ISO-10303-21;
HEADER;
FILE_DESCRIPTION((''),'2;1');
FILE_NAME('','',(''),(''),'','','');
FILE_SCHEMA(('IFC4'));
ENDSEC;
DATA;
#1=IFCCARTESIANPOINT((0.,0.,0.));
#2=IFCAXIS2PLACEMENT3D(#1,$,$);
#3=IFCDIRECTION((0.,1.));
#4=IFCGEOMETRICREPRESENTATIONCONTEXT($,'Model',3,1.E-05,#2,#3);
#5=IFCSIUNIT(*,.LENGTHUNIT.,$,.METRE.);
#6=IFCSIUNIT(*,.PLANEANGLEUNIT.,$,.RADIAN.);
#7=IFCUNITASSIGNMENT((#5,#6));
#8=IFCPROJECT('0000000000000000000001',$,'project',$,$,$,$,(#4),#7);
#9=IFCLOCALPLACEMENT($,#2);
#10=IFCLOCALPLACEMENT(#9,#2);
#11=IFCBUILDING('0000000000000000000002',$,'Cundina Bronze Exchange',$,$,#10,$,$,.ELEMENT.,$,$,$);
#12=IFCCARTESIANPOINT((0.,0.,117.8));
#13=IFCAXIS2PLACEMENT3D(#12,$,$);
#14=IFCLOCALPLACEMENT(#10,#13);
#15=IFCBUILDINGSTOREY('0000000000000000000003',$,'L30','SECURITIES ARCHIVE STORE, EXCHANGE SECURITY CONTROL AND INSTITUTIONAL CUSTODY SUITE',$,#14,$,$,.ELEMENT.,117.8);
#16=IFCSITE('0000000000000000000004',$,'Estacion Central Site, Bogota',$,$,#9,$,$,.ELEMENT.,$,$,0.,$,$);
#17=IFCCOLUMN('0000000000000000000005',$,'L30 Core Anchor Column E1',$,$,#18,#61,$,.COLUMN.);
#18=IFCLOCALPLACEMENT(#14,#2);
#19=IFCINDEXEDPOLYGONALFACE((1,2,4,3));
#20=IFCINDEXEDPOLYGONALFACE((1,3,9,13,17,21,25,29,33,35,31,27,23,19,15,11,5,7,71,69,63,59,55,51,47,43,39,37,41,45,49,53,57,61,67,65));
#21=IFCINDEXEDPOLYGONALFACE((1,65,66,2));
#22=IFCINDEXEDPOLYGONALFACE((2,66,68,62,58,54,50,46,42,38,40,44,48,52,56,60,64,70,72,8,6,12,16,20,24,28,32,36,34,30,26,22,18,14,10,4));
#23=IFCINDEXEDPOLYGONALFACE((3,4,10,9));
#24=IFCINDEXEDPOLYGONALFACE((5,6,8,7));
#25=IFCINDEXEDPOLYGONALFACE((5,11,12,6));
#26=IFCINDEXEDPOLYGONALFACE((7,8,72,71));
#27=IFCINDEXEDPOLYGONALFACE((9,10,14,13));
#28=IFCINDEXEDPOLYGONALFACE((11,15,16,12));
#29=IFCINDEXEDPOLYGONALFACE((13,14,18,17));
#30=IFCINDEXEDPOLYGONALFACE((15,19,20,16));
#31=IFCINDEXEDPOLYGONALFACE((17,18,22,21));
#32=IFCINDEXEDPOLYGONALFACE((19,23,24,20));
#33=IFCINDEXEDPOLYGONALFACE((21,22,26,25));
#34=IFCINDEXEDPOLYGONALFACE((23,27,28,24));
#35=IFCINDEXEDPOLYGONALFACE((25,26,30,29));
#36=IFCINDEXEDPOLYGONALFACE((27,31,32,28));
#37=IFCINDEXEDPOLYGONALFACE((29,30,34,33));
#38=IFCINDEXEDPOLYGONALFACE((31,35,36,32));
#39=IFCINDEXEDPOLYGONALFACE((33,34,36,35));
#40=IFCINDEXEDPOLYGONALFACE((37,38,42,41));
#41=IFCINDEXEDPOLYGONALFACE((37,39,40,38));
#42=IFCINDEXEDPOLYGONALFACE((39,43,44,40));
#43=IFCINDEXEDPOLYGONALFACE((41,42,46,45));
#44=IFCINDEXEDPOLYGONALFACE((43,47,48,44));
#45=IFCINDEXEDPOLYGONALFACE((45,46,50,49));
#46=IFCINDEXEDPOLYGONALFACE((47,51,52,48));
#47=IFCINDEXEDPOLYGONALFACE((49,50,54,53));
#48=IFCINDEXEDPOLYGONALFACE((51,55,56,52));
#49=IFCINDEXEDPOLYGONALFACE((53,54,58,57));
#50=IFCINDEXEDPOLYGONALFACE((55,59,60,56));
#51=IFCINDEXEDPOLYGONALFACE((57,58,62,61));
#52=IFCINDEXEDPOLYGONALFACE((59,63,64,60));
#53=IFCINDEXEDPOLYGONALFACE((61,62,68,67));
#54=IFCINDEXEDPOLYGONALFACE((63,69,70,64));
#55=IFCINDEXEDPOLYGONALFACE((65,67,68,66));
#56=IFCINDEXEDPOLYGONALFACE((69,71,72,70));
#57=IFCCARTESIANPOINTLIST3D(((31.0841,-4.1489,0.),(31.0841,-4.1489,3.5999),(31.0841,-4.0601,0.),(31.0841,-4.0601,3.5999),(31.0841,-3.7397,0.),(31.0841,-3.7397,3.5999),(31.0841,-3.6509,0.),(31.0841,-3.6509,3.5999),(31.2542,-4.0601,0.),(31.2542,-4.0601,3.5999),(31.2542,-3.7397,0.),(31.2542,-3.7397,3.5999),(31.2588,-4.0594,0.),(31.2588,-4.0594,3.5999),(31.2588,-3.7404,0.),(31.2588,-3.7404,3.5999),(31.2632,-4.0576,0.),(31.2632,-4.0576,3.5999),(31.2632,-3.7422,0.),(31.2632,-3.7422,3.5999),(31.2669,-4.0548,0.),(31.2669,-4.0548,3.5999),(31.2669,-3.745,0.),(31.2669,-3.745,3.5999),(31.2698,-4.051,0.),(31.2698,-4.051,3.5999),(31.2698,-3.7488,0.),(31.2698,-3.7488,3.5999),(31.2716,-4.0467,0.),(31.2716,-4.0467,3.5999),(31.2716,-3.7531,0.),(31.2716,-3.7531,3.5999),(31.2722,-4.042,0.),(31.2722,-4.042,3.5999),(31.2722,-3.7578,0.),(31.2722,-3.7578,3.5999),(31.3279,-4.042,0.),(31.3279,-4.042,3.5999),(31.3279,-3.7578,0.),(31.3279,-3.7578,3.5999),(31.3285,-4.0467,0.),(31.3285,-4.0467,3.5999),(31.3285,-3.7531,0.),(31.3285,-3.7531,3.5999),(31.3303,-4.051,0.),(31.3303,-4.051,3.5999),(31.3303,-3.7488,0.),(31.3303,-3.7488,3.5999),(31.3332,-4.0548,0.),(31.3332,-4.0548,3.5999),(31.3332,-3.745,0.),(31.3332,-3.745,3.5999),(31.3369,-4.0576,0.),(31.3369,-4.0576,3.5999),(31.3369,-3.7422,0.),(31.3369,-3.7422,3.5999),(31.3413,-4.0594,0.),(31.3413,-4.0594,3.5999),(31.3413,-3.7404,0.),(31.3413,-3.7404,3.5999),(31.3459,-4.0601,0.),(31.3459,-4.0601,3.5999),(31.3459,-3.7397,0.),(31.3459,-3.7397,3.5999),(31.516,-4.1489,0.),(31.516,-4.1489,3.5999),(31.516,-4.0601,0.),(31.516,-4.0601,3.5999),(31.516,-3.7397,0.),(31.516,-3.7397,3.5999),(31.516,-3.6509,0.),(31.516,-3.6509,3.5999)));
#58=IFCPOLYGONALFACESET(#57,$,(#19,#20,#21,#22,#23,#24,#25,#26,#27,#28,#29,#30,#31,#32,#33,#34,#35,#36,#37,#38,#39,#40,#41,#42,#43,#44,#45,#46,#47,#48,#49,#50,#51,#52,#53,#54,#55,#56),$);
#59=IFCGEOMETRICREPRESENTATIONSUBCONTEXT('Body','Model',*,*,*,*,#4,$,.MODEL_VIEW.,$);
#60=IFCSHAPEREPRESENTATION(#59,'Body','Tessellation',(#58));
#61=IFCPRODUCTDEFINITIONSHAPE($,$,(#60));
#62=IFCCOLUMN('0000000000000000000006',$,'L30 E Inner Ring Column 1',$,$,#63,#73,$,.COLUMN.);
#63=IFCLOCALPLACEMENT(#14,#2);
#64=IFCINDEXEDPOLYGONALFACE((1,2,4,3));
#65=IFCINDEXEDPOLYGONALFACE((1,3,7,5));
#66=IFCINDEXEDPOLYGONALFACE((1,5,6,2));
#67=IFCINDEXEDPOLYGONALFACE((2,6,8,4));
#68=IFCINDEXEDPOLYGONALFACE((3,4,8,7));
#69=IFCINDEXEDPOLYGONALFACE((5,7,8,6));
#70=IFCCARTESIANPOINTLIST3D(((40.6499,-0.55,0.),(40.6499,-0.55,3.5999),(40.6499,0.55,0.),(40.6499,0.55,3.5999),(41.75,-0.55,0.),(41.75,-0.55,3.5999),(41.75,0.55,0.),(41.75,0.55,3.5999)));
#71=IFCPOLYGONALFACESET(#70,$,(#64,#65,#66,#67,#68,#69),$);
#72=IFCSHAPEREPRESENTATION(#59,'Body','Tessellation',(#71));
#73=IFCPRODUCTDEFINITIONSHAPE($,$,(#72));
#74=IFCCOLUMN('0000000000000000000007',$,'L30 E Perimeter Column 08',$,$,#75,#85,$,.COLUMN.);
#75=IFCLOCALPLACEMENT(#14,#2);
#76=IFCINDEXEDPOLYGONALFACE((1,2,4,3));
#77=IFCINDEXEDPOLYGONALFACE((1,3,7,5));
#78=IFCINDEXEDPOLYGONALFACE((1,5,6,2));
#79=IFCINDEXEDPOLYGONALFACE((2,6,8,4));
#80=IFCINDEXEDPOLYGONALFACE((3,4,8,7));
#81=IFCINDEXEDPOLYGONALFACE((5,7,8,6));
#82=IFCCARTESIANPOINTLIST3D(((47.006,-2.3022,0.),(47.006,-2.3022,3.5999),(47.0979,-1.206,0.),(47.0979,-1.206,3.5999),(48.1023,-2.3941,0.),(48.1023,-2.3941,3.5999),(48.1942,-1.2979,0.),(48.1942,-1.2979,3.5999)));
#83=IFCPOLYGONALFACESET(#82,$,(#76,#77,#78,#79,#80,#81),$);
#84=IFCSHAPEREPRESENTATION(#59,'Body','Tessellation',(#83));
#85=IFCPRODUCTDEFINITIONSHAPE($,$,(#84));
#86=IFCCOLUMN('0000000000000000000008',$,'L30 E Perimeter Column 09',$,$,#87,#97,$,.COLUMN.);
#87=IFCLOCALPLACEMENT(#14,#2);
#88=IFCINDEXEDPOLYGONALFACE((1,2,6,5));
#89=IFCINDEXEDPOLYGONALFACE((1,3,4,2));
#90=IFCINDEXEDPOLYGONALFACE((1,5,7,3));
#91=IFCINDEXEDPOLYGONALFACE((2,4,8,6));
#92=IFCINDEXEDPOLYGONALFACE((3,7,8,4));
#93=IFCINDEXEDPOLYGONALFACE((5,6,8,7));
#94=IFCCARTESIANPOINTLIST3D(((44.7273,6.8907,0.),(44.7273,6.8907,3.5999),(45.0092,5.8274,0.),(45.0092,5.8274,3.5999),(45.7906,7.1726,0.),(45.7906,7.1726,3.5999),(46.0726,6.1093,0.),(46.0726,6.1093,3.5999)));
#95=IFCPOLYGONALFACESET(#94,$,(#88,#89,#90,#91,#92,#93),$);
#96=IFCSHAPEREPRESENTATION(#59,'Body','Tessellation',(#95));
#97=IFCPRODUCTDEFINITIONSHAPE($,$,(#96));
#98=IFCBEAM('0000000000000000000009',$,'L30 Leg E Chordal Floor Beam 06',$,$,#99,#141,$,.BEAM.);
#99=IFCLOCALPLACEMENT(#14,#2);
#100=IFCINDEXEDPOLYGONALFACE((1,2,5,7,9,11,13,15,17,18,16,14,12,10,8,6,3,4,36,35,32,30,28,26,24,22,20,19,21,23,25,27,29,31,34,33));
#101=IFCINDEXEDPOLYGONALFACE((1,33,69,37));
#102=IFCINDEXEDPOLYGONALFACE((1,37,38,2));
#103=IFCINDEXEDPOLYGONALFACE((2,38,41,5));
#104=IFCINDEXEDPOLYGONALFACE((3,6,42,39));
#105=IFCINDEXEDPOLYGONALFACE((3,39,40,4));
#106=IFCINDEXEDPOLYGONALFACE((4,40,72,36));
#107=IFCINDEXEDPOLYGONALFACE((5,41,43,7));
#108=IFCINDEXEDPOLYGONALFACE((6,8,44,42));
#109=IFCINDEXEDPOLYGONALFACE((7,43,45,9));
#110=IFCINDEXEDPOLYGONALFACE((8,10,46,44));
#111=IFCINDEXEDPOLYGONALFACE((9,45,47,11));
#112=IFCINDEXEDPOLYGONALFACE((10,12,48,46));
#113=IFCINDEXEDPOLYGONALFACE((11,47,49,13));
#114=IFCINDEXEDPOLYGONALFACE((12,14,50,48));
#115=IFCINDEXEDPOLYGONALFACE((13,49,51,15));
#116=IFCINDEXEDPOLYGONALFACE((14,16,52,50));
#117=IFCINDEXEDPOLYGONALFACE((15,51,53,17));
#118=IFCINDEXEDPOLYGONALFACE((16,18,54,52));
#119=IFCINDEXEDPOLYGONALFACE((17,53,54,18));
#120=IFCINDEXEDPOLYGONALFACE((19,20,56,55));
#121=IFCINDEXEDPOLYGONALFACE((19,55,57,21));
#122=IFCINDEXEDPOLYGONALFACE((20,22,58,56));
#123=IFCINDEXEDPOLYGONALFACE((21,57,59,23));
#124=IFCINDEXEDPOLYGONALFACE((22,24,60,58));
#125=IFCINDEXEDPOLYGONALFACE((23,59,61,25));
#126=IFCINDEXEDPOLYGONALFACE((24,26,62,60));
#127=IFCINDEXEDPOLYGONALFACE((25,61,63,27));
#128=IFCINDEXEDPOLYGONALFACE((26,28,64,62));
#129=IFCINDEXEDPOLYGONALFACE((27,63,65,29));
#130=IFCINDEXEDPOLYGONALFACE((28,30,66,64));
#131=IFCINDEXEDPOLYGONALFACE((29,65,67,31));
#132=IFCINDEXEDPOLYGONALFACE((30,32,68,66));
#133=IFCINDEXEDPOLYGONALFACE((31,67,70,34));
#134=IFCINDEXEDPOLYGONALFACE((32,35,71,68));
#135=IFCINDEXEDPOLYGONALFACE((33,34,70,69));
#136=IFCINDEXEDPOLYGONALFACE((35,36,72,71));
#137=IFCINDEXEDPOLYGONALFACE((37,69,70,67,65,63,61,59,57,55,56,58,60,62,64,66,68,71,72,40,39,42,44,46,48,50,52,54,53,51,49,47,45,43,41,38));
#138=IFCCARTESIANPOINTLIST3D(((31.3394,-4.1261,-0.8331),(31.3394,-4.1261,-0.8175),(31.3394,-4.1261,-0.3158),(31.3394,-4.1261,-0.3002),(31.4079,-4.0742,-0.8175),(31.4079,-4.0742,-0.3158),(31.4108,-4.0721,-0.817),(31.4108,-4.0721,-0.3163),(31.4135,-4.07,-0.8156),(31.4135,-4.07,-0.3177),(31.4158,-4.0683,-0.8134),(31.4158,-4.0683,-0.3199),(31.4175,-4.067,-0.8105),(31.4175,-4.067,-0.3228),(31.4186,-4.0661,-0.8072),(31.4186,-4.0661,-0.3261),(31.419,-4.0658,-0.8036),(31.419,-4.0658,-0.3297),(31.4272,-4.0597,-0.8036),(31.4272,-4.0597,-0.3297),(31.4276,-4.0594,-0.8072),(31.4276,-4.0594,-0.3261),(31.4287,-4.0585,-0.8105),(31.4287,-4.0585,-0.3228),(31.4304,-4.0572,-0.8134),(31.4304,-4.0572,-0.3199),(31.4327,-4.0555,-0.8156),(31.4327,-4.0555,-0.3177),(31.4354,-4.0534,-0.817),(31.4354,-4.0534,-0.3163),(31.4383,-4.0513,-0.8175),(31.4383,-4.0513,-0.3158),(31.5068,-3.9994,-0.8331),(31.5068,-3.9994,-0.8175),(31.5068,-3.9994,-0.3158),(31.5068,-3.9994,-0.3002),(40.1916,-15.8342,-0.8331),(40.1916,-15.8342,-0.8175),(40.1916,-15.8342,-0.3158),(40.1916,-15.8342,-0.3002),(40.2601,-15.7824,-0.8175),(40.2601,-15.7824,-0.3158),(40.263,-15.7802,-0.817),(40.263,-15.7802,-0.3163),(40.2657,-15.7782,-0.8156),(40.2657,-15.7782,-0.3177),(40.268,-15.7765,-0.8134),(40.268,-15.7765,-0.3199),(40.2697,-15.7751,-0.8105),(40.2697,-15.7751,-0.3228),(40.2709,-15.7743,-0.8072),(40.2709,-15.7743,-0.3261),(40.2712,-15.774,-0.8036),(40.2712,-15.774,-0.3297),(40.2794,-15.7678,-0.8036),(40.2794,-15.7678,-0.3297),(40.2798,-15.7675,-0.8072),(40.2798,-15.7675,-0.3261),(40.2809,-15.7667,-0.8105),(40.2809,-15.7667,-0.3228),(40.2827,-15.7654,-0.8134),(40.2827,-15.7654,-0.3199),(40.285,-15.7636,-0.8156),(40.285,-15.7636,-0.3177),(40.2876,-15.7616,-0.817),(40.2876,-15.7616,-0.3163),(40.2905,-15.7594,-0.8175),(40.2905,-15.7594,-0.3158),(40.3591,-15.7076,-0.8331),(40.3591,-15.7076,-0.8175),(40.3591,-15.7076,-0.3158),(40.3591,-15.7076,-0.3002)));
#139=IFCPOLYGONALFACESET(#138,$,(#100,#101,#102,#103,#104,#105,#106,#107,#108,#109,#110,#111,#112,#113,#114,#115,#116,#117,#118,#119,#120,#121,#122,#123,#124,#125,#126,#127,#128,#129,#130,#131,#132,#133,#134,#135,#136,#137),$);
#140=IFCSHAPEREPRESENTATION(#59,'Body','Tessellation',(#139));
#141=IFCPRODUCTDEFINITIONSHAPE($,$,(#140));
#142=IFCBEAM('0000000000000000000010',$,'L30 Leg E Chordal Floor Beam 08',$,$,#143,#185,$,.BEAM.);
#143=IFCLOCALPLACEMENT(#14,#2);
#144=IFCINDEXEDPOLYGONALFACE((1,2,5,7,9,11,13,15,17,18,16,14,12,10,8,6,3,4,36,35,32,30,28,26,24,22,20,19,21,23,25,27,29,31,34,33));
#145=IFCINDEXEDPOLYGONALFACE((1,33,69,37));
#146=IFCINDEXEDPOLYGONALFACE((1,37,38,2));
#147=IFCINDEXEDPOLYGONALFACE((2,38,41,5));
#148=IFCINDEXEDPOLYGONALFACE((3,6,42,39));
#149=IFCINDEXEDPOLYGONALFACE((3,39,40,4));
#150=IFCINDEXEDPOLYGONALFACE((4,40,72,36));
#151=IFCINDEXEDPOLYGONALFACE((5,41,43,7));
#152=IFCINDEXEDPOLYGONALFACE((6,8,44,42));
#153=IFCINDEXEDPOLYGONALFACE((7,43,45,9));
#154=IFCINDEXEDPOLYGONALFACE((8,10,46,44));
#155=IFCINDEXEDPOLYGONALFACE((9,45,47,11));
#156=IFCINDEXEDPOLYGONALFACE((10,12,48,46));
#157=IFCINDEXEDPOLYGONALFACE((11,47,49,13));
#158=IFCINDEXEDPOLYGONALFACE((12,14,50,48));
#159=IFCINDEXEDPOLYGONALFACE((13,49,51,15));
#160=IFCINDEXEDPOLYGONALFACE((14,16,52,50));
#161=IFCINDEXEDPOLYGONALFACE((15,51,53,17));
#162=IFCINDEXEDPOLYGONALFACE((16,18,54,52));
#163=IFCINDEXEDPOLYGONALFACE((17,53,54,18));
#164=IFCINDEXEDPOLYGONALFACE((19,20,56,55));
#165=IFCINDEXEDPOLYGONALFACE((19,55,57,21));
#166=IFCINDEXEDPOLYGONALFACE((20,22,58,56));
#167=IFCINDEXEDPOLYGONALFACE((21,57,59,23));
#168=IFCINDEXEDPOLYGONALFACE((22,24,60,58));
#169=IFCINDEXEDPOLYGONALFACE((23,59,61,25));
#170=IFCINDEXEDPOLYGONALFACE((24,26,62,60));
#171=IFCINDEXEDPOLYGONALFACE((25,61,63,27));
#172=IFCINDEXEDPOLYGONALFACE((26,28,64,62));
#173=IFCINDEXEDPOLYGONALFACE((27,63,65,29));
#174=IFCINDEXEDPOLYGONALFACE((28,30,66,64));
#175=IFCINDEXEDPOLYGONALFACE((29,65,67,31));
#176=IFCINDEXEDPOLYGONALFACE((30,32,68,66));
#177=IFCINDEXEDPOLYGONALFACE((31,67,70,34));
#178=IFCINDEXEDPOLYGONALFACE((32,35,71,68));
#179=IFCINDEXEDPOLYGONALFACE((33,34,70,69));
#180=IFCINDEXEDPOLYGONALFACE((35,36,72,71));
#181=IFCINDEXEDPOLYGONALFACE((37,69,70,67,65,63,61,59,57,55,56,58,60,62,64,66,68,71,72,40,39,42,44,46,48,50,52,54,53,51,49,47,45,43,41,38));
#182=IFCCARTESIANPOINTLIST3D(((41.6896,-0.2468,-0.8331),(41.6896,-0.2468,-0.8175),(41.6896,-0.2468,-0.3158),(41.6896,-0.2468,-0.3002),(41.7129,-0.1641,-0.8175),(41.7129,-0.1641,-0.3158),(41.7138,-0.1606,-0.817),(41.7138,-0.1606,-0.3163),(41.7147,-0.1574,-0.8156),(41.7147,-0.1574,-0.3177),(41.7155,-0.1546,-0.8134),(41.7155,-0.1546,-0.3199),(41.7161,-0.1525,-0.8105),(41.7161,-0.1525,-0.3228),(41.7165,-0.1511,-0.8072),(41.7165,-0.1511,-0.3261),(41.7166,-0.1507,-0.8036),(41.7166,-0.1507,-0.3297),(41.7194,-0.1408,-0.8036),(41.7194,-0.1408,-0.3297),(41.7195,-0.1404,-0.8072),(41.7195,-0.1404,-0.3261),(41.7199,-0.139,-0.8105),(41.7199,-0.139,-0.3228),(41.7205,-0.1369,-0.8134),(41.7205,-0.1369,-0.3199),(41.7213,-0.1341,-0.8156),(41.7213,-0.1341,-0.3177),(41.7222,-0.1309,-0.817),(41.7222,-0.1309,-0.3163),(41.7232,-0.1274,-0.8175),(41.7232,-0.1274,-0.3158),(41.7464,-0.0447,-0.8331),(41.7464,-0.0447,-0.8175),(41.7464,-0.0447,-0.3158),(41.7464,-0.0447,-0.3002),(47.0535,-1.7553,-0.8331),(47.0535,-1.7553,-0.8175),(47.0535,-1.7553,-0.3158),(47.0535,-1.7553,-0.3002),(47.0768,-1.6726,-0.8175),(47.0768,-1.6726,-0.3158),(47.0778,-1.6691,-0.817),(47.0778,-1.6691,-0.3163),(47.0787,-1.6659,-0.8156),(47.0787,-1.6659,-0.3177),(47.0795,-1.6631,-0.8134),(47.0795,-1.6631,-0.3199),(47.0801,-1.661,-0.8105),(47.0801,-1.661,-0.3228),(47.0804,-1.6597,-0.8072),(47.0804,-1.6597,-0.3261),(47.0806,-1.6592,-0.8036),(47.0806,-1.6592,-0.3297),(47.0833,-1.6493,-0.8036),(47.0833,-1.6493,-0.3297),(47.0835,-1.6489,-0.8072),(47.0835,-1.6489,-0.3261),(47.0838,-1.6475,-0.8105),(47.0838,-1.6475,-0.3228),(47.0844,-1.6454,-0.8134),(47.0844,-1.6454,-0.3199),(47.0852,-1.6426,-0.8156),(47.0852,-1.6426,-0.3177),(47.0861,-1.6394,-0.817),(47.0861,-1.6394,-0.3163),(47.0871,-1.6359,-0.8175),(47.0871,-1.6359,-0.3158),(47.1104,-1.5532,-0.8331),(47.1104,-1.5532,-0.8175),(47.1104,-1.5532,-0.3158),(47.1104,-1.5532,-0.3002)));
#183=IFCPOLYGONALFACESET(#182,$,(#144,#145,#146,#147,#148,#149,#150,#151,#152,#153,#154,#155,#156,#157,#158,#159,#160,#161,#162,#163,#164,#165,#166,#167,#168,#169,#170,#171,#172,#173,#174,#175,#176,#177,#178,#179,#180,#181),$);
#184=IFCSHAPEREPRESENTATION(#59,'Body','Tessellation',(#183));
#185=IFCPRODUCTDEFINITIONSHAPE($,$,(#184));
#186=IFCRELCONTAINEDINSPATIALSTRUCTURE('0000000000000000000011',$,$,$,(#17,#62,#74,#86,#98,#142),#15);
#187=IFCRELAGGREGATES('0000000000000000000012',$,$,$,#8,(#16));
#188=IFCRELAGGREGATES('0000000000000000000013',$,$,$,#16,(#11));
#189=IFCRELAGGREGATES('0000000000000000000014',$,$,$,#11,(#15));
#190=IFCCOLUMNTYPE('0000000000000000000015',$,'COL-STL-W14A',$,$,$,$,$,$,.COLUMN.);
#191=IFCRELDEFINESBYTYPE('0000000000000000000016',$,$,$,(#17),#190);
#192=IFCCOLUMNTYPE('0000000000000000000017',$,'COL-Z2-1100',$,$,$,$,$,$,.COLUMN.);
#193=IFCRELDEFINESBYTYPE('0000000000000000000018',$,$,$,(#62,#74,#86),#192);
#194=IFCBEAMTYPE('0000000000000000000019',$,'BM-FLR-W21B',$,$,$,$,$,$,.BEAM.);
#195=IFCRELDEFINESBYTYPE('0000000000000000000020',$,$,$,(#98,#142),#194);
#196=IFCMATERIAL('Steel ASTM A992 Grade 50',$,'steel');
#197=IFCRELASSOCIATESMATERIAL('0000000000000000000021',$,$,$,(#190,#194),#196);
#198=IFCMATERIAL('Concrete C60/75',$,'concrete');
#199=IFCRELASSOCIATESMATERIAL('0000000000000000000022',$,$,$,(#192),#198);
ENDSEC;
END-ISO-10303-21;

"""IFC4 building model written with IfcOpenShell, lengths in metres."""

from ifc_helpers import new_model, si_unit, direction, frame, origin, origin_2d, place, context, subcontext, project, spatial, rectangle, i_section, extrude, material, material_profile, profile_set, type_object, element, save


model = new_model("IFC4")

# Units and contexts
model_context = context("Model", 3, precision=1e-05, world=origin(), true_north=direction((0.0, 1.0)))
body_context = subcontext(model_context, "Body", "Model", "MODEL_VIEW")
ifc_project = project(units=[si_unit("LENGTHUNIT", "METRE"), si_unit("PLANEANGLEUNIT", "RADIAN")], contexts=[model_context])

# Site, building, storey
site_placement = place(None, origin())
site = spatial("IfcSite", under=ifc_project, at=site_placement, Name="Estacion Central Site, Bogota", CompositionType="ELEMENT", RefElevation=0.0)
building_placement = place(site_placement, origin())
building = spatial("IfcBuilding", under=site, at=building_placement, Name="Cundina Bronze Exchange", CompositionType="ELEMENT")
storey_placement = place(building_placement, frame((0.0, 0.0, 117.8)))
storey = spatial("IfcBuildingStorey", under=building, at=storey_placement, Name="L30", Description="SECURITIES ARCHIVE STORE, EXCHANGE SECURITY CONTROL AND INSTITUTIONAL CUSTODY SUITE", CompositionType="ELEMENT", Elevation=117.8)

# Columns
ifc_material_1 = material(Name="Steel ASTM A992 Grade 50", Category="steel")
ifc_material_profile_1 = material_profile(ifc_material_1, i_section(OverallWidth=0.4319, OverallDepth=0.498, WebThickness=0.0557, FlangeThickness=0.0889, FilletRadius=0.0181, at=origin_2d()), Name="W14X500", Category="steel")
ifc_profile_set_1 = profile_set([ifc_material_profile_1], Name="Steel ASTM A992 Grade 50")
column_type_1 = type_object("IfcColumnType", Name="COL-STL-W14A", PredefinedType="COLUMN", material=ifc_profile_set_1)
column_placement = place(storey_placement, frame((31.3, -3.8999, 0.0), z_axis=(0.0, 0.0, 1.0), x_axis=(1.0, 0.0, 0.0)))
element("IfcColumn", 1, at=column_placement, inside=storey, type_object=column_type_1, Name="L30 Core Anchor Column E1", PredefinedType="COLUMN", context=body_context, shape_type="SweptSolid", body=[
    extrude(i_section(OverallWidth=0.4319, OverallDepth=0.498, WebThickness=0.0557, FlangeThickness=0.0889, FilletRadius=0.0181, at=origin_2d()), origin(), (0.0, 0.0, 1.0), 3.5999),
])
ifc_material_2 = material(Name="Concrete C60/75", Category="concrete")
ifc_material_profile_2 = material_profile(ifc_material_2, rectangle(XDim=1.1001, YDim=1.1001, at=origin_2d()), Name="RC1100X1100", Category="concrete")
ifc_profile_set_2 = profile_set([ifc_material_profile_2], Name="Concrete C60/75")
column_type_2 = type_object("IfcColumnType", Name="COL-Z2-1100", PredefinedType="COLUMN", material=ifc_profile_set_2)
for number, where, z_axis, x_axis, name in (
    (2, (41.2, 0.0, 0.0), (0.0, 0.0, 1.0), (1.0, 0.0, 0.0), "L30 E Inner Ring Column 1"),
    (3, (47.6001, -1.8, 0.0), (0.0, 0.0, 1.0), (0.083504, 0.996507, 0.0), "L30 E Perimeter Column 08"),
    (4, (45.3999, 6.5, 0.0), (0.0, 0.0, 1.0), (-0.256289, 0.9666, 0.0), "L30 E Perimeter Column 09"),
):
    element("IfcColumn", number, at=place(storey_placement, frame(where, z_axis=z_axis, x_axis=x_axis)), inside=storey, type_object=column_type_2, Name=name, PredefinedType="COLUMN", context=body_context, shape_type="SweptSolid", body=[
        extrude(rectangle(XDim=1.1001, YDim=1.1001, at=origin_2d()), origin(), (0.0, 0.0, 1.0), 3.5999),
    ])

# Beams
ifc_material_profile_3 = material_profile(ifc_material_1, i_section(OverallWidth=0.21, OverallDepth=0.533, WebThickness=0.0103, FlangeThickness=0.0156, FilletRadius=0.0139, at=origin_2d()), Name="W21X62", Category="steel")
ifc_profile_set_3 = profile_set([ifc_material_profile_3], Name="Steel ASTM A992 Grade 50")
beam_type_1 = type_object("IfcBeamType", Name="BM-FLR-W21B", PredefinedType="BEAM", material=ifc_profile_set_3)
beam_1_placement = place(storey_placement, frame((31.4231, -4.0627, -0.5667), z_axis=(0.603096, -0.797669, 0.0), x_axis=(0.797669, 0.603096, 0.0)))
element("IfcBeam", 5, at=beam_1_placement, inside=storey, type_object=beam_type_1, Name="L30 Leg E Chordal Floor Beam 06", PredefinedType="BEAM", context=body_context, shape_type="SweptSolid", body=[
    extrude(i_section(OverallWidth=0.21, OverallDepth=0.533, WebThickness=0.0103, FlangeThickness=0.0156, FilletRadius=0.0139, at=origin_2d()), origin(), (0.0, 0.0, 1.0), 14.678),
])
beam_2_placement = place(storey_placement, frame((41.718, -0.1458, -0.5667), z_axis=(0.962655, -0.270732, 0.0), x_axis=(0.270732, 0.962655, 0.0)))
element("IfcBeam", 6, at=beam_2_placement, inside=storey, type_object=beam_type_1, Name="L30 Leg E Chordal Floor Beam 08", PredefinedType="BEAM", context=body_context, shape_type="SweptSolid", body=[
    extrude(i_section(OverallWidth=0.21, OverallDepth=0.533, WebThickness=0.0103, FlangeThickness=0.0156, FilletRadius=0.0139, at=origin_2d()), origin(), (0.0, 0.0, 1.0), 5.572),
])

save(model, "model.ifc")
